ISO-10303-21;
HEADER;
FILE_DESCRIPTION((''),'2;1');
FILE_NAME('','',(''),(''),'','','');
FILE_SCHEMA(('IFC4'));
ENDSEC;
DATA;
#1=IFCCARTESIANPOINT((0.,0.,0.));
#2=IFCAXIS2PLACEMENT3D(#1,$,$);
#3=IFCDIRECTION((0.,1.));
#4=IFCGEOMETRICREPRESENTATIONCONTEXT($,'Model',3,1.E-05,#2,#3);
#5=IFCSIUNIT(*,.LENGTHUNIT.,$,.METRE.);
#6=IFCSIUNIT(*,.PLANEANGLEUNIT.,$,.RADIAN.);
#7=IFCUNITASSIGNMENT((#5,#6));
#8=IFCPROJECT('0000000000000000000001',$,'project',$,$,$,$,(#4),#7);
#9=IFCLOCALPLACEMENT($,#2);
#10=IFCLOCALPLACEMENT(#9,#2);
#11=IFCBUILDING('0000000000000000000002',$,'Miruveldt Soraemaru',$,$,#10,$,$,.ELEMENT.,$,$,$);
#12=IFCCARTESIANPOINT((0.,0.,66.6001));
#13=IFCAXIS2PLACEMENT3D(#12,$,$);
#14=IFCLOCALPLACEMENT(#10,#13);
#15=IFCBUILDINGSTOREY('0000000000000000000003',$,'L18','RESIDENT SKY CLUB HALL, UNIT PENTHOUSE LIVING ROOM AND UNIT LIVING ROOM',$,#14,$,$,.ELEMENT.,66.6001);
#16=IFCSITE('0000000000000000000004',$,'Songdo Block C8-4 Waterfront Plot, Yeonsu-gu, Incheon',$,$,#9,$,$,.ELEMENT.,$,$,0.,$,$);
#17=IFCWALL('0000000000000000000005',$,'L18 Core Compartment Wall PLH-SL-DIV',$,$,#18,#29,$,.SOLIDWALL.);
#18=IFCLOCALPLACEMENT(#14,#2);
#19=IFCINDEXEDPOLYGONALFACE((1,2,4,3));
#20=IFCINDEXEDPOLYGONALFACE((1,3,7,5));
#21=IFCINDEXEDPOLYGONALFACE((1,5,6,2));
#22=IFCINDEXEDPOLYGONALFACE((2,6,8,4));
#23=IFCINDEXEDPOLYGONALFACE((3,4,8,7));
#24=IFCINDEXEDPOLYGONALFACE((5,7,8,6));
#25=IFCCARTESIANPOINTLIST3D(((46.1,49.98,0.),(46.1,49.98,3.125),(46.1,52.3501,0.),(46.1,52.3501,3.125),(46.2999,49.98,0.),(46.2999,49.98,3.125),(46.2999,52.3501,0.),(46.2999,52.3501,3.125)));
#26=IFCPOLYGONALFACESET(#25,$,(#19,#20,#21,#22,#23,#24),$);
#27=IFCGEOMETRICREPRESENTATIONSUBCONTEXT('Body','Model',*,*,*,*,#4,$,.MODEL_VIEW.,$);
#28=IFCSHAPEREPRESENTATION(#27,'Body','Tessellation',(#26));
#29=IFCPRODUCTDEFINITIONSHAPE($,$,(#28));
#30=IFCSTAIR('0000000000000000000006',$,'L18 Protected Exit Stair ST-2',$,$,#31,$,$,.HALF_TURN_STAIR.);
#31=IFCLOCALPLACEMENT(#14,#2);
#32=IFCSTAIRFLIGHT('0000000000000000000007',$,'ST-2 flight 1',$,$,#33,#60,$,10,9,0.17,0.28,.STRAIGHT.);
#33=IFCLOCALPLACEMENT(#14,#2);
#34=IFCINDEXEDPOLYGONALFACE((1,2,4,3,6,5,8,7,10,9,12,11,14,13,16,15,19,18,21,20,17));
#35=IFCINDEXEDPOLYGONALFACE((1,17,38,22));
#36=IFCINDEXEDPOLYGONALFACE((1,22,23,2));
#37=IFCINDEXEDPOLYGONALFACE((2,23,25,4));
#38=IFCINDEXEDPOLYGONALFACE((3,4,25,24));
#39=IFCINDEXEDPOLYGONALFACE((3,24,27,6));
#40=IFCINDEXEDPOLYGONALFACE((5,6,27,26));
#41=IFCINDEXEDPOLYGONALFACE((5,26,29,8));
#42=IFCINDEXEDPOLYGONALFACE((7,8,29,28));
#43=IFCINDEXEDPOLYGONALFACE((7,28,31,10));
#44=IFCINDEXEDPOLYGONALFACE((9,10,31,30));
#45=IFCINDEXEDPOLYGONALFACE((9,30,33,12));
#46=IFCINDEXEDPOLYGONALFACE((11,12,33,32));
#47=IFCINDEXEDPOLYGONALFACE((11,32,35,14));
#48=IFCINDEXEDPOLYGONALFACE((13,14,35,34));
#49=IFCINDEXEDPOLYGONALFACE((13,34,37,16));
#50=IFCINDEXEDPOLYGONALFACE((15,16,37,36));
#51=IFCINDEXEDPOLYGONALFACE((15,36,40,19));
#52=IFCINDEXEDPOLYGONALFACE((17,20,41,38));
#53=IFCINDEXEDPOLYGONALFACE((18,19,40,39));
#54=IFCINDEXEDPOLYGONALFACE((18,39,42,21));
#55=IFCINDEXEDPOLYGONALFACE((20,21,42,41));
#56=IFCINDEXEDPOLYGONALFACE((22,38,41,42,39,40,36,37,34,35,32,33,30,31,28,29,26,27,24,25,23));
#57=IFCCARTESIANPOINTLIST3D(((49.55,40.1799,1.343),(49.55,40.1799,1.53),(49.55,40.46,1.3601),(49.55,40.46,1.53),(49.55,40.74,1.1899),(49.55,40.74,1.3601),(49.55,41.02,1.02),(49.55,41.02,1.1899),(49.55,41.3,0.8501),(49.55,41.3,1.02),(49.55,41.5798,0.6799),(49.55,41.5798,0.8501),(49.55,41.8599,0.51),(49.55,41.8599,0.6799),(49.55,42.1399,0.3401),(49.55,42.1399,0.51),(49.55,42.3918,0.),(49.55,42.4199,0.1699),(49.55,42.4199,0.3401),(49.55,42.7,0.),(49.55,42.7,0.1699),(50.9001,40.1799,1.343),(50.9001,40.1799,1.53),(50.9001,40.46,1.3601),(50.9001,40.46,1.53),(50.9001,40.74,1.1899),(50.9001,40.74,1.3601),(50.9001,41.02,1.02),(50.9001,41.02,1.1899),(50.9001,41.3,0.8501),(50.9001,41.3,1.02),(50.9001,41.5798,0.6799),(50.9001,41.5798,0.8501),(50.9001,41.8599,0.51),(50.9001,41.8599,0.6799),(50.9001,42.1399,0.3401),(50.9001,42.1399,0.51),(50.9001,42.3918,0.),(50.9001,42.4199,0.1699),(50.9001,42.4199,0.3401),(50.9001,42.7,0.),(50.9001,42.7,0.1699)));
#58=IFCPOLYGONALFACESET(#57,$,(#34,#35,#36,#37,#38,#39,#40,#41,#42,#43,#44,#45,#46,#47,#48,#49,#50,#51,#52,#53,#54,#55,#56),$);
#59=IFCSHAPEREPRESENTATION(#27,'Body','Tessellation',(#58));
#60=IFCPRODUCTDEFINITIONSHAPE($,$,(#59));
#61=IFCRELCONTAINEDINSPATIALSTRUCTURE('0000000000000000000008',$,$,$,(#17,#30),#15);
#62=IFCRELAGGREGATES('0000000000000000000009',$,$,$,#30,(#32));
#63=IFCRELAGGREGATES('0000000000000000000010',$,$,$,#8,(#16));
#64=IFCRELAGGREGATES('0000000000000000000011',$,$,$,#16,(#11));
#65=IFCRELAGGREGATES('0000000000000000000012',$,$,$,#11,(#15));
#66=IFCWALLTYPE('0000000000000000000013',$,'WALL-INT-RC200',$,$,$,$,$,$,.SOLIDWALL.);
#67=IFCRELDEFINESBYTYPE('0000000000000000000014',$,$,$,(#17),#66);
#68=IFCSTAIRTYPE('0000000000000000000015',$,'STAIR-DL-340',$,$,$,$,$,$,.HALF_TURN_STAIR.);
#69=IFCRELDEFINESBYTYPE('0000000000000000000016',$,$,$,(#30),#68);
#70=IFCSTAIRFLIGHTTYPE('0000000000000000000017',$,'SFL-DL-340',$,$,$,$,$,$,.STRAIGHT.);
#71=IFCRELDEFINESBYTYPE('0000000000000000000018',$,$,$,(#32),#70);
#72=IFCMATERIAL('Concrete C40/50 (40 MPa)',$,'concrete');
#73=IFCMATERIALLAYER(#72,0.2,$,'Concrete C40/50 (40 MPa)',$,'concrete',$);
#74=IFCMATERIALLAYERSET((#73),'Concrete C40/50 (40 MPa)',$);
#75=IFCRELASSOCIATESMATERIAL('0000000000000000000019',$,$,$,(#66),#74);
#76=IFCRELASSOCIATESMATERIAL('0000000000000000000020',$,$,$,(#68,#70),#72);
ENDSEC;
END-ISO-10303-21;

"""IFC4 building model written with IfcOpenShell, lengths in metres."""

from ifc_helpers import new_model, si_unit, direction, frame, frame_2d, origin, place, context, subcontext, project, spatial, polyline, rectangle, outline, extrude, material, layer, layer_set, type_object, element, aggregate, save


model = new_model("IFC4")

# Units and contexts
model_context = context("Model", 3, precision=1e-05, world=origin(), true_north=direction((0.0, 1.0)))
body_context = subcontext(model_context, "Body", "Model", "MODEL_VIEW")
ifc_project = project(units=[si_unit("LENGTHUNIT", "METRE"), si_unit("PLANEANGLEUNIT", "RADIAN")], contexts=[model_context])

# Site, building, storey
site_placement = place(None, origin())
site = spatial("IfcSite", under=ifc_project, at=site_placement, Name="Songdo Block C8-4 Waterfront Plot, Yeonsu-gu, Incheon", CompositionType="ELEMENT", RefElevation=0.0)
building_placement = place(site_placement, origin())
building = spatial("IfcBuilding", under=site, at=building_placement, Name="Miruveldt Soraemaru", CompositionType="ELEMENT")
storey_placement = place(building_placement, frame((0.0, 0.0, 66.6001)))
storey = spatial("IfcBuildingStorey", under=building, at=storey_placement, Name="L18", Description="RESIDENT SKY CLUB HALL, UNIT PENTHOUSE LIVING ROOM AND UNIT LIVING ROOM", CompositionType="ELEMENT", Elevation=66.6001)

# Shared definitions
ifc_material_1 = material(Name="Concrete C40/50 (40 MPa)", Category="concrete")

# Shared definitions
ifc_layer_1 = layer(ifc_material_1, 0.2, Name="Concrete C40/50 (40 MPa)", Category="concrete")
ifc_layer_set_1 = layer_set([ifc_layer_1], Name="Concrete C40/50 (40 MPa)")
wall_type_1 = type_object("IfcWallType", Name="WALL-INT-RC200", PredefinedType="SOLIDWALL", material=ifc_layer_set_1)

# Wall
wall_1_placement = place(storey_placement, frame((46.2, 49.98, 0.0), z_axis=(0.0, 0.0, 1.0), x_axis=(0.0, 1.0, 0.0)))
element("IfcWall", 1, at=wall_1_placement, inside=storey, type_object=wall_type_1, Name="L18 Core Compartment Wall PLH-SL-DIV", PredefinedType="SOLIDWALL", context=body_context, shape_type="SweptSolid", body=[
    extrude(rectangle(XDim=2.3701, YDim=0.2, at=frame_2d((1.1851, 0.0))), origin(), (0.0, 0.0, 1.0), 3.125),
])

# Stair, stair flight
stair_type = type_object("IfcStairType", Name="STAIR-DL-340", PredefinedType="HALF_TURN_STAIR", material=ifc_material_1)
stair_placement = place(storey_placement, origin())
stair = element("IfcStair", 2, at=stair_placement, inside=storey, type_object=stair_type, Name="L18 Protected Exit Stair ST-2", PredefinedType="HALF_TURN_STAIR")
stair_flight_type = type_object("IfcStairFlightType", Name="SFL-DL-340", PredefinedType="STRAIGHT", material=ifc_material_1)
stair_flight_placement = place(storey_placement, frame((50.2251, 42.7, 0.0), z_axis=(0.0, 0.0, 1.0), x_axis=(0.0, -1.0, 0.0)))
stair_flight = element("IfcStairFlight", 3, at=stair_flight_placement, type_object=stair_flight_type, Name="ST-2 flight 1", NumberOfRisers=10, NumberOfTreads=9, PredefinedType="STRAIGHT", RiserHeight=0.17, TreadLength=0.28, context=body_context, shape_type="SweptSolid", body=[
    extrude(outline(polyline([(0.0, 0.0), (0.0, 0.1699), (0.28, 0.1699), (0.28, 0.3401), (0.5601, 0.3401), (0.5601, 0.51), (0.8401, 0.51), (0.8401, 0.6799), (1.1201, 0.6799), (1.1201, 0.8501), (1.3999, 0.8501), (1.3999, 1.02), (1.6799, 1.02), (1.6799, 1.1899), (1.96, 1.1899), (1.96, 1.3601), (2.24, 1.3601), (2.24, 1.53), (2.52, 1.53), (2.52, 1.7), (2.52, 1.343), (0.3081, 0.0), (0.0, 0.0)])), frame((0.0, 0.675, 0.0), z_axis=(0.0, -1.0, 0.0), x_axis=(1.0, 0.0, 0.0)), (0.0, 0.0, 1.0), 1.3501),
])
aggregate(stair, [stair_flight])

save(model, "model.ifc")
